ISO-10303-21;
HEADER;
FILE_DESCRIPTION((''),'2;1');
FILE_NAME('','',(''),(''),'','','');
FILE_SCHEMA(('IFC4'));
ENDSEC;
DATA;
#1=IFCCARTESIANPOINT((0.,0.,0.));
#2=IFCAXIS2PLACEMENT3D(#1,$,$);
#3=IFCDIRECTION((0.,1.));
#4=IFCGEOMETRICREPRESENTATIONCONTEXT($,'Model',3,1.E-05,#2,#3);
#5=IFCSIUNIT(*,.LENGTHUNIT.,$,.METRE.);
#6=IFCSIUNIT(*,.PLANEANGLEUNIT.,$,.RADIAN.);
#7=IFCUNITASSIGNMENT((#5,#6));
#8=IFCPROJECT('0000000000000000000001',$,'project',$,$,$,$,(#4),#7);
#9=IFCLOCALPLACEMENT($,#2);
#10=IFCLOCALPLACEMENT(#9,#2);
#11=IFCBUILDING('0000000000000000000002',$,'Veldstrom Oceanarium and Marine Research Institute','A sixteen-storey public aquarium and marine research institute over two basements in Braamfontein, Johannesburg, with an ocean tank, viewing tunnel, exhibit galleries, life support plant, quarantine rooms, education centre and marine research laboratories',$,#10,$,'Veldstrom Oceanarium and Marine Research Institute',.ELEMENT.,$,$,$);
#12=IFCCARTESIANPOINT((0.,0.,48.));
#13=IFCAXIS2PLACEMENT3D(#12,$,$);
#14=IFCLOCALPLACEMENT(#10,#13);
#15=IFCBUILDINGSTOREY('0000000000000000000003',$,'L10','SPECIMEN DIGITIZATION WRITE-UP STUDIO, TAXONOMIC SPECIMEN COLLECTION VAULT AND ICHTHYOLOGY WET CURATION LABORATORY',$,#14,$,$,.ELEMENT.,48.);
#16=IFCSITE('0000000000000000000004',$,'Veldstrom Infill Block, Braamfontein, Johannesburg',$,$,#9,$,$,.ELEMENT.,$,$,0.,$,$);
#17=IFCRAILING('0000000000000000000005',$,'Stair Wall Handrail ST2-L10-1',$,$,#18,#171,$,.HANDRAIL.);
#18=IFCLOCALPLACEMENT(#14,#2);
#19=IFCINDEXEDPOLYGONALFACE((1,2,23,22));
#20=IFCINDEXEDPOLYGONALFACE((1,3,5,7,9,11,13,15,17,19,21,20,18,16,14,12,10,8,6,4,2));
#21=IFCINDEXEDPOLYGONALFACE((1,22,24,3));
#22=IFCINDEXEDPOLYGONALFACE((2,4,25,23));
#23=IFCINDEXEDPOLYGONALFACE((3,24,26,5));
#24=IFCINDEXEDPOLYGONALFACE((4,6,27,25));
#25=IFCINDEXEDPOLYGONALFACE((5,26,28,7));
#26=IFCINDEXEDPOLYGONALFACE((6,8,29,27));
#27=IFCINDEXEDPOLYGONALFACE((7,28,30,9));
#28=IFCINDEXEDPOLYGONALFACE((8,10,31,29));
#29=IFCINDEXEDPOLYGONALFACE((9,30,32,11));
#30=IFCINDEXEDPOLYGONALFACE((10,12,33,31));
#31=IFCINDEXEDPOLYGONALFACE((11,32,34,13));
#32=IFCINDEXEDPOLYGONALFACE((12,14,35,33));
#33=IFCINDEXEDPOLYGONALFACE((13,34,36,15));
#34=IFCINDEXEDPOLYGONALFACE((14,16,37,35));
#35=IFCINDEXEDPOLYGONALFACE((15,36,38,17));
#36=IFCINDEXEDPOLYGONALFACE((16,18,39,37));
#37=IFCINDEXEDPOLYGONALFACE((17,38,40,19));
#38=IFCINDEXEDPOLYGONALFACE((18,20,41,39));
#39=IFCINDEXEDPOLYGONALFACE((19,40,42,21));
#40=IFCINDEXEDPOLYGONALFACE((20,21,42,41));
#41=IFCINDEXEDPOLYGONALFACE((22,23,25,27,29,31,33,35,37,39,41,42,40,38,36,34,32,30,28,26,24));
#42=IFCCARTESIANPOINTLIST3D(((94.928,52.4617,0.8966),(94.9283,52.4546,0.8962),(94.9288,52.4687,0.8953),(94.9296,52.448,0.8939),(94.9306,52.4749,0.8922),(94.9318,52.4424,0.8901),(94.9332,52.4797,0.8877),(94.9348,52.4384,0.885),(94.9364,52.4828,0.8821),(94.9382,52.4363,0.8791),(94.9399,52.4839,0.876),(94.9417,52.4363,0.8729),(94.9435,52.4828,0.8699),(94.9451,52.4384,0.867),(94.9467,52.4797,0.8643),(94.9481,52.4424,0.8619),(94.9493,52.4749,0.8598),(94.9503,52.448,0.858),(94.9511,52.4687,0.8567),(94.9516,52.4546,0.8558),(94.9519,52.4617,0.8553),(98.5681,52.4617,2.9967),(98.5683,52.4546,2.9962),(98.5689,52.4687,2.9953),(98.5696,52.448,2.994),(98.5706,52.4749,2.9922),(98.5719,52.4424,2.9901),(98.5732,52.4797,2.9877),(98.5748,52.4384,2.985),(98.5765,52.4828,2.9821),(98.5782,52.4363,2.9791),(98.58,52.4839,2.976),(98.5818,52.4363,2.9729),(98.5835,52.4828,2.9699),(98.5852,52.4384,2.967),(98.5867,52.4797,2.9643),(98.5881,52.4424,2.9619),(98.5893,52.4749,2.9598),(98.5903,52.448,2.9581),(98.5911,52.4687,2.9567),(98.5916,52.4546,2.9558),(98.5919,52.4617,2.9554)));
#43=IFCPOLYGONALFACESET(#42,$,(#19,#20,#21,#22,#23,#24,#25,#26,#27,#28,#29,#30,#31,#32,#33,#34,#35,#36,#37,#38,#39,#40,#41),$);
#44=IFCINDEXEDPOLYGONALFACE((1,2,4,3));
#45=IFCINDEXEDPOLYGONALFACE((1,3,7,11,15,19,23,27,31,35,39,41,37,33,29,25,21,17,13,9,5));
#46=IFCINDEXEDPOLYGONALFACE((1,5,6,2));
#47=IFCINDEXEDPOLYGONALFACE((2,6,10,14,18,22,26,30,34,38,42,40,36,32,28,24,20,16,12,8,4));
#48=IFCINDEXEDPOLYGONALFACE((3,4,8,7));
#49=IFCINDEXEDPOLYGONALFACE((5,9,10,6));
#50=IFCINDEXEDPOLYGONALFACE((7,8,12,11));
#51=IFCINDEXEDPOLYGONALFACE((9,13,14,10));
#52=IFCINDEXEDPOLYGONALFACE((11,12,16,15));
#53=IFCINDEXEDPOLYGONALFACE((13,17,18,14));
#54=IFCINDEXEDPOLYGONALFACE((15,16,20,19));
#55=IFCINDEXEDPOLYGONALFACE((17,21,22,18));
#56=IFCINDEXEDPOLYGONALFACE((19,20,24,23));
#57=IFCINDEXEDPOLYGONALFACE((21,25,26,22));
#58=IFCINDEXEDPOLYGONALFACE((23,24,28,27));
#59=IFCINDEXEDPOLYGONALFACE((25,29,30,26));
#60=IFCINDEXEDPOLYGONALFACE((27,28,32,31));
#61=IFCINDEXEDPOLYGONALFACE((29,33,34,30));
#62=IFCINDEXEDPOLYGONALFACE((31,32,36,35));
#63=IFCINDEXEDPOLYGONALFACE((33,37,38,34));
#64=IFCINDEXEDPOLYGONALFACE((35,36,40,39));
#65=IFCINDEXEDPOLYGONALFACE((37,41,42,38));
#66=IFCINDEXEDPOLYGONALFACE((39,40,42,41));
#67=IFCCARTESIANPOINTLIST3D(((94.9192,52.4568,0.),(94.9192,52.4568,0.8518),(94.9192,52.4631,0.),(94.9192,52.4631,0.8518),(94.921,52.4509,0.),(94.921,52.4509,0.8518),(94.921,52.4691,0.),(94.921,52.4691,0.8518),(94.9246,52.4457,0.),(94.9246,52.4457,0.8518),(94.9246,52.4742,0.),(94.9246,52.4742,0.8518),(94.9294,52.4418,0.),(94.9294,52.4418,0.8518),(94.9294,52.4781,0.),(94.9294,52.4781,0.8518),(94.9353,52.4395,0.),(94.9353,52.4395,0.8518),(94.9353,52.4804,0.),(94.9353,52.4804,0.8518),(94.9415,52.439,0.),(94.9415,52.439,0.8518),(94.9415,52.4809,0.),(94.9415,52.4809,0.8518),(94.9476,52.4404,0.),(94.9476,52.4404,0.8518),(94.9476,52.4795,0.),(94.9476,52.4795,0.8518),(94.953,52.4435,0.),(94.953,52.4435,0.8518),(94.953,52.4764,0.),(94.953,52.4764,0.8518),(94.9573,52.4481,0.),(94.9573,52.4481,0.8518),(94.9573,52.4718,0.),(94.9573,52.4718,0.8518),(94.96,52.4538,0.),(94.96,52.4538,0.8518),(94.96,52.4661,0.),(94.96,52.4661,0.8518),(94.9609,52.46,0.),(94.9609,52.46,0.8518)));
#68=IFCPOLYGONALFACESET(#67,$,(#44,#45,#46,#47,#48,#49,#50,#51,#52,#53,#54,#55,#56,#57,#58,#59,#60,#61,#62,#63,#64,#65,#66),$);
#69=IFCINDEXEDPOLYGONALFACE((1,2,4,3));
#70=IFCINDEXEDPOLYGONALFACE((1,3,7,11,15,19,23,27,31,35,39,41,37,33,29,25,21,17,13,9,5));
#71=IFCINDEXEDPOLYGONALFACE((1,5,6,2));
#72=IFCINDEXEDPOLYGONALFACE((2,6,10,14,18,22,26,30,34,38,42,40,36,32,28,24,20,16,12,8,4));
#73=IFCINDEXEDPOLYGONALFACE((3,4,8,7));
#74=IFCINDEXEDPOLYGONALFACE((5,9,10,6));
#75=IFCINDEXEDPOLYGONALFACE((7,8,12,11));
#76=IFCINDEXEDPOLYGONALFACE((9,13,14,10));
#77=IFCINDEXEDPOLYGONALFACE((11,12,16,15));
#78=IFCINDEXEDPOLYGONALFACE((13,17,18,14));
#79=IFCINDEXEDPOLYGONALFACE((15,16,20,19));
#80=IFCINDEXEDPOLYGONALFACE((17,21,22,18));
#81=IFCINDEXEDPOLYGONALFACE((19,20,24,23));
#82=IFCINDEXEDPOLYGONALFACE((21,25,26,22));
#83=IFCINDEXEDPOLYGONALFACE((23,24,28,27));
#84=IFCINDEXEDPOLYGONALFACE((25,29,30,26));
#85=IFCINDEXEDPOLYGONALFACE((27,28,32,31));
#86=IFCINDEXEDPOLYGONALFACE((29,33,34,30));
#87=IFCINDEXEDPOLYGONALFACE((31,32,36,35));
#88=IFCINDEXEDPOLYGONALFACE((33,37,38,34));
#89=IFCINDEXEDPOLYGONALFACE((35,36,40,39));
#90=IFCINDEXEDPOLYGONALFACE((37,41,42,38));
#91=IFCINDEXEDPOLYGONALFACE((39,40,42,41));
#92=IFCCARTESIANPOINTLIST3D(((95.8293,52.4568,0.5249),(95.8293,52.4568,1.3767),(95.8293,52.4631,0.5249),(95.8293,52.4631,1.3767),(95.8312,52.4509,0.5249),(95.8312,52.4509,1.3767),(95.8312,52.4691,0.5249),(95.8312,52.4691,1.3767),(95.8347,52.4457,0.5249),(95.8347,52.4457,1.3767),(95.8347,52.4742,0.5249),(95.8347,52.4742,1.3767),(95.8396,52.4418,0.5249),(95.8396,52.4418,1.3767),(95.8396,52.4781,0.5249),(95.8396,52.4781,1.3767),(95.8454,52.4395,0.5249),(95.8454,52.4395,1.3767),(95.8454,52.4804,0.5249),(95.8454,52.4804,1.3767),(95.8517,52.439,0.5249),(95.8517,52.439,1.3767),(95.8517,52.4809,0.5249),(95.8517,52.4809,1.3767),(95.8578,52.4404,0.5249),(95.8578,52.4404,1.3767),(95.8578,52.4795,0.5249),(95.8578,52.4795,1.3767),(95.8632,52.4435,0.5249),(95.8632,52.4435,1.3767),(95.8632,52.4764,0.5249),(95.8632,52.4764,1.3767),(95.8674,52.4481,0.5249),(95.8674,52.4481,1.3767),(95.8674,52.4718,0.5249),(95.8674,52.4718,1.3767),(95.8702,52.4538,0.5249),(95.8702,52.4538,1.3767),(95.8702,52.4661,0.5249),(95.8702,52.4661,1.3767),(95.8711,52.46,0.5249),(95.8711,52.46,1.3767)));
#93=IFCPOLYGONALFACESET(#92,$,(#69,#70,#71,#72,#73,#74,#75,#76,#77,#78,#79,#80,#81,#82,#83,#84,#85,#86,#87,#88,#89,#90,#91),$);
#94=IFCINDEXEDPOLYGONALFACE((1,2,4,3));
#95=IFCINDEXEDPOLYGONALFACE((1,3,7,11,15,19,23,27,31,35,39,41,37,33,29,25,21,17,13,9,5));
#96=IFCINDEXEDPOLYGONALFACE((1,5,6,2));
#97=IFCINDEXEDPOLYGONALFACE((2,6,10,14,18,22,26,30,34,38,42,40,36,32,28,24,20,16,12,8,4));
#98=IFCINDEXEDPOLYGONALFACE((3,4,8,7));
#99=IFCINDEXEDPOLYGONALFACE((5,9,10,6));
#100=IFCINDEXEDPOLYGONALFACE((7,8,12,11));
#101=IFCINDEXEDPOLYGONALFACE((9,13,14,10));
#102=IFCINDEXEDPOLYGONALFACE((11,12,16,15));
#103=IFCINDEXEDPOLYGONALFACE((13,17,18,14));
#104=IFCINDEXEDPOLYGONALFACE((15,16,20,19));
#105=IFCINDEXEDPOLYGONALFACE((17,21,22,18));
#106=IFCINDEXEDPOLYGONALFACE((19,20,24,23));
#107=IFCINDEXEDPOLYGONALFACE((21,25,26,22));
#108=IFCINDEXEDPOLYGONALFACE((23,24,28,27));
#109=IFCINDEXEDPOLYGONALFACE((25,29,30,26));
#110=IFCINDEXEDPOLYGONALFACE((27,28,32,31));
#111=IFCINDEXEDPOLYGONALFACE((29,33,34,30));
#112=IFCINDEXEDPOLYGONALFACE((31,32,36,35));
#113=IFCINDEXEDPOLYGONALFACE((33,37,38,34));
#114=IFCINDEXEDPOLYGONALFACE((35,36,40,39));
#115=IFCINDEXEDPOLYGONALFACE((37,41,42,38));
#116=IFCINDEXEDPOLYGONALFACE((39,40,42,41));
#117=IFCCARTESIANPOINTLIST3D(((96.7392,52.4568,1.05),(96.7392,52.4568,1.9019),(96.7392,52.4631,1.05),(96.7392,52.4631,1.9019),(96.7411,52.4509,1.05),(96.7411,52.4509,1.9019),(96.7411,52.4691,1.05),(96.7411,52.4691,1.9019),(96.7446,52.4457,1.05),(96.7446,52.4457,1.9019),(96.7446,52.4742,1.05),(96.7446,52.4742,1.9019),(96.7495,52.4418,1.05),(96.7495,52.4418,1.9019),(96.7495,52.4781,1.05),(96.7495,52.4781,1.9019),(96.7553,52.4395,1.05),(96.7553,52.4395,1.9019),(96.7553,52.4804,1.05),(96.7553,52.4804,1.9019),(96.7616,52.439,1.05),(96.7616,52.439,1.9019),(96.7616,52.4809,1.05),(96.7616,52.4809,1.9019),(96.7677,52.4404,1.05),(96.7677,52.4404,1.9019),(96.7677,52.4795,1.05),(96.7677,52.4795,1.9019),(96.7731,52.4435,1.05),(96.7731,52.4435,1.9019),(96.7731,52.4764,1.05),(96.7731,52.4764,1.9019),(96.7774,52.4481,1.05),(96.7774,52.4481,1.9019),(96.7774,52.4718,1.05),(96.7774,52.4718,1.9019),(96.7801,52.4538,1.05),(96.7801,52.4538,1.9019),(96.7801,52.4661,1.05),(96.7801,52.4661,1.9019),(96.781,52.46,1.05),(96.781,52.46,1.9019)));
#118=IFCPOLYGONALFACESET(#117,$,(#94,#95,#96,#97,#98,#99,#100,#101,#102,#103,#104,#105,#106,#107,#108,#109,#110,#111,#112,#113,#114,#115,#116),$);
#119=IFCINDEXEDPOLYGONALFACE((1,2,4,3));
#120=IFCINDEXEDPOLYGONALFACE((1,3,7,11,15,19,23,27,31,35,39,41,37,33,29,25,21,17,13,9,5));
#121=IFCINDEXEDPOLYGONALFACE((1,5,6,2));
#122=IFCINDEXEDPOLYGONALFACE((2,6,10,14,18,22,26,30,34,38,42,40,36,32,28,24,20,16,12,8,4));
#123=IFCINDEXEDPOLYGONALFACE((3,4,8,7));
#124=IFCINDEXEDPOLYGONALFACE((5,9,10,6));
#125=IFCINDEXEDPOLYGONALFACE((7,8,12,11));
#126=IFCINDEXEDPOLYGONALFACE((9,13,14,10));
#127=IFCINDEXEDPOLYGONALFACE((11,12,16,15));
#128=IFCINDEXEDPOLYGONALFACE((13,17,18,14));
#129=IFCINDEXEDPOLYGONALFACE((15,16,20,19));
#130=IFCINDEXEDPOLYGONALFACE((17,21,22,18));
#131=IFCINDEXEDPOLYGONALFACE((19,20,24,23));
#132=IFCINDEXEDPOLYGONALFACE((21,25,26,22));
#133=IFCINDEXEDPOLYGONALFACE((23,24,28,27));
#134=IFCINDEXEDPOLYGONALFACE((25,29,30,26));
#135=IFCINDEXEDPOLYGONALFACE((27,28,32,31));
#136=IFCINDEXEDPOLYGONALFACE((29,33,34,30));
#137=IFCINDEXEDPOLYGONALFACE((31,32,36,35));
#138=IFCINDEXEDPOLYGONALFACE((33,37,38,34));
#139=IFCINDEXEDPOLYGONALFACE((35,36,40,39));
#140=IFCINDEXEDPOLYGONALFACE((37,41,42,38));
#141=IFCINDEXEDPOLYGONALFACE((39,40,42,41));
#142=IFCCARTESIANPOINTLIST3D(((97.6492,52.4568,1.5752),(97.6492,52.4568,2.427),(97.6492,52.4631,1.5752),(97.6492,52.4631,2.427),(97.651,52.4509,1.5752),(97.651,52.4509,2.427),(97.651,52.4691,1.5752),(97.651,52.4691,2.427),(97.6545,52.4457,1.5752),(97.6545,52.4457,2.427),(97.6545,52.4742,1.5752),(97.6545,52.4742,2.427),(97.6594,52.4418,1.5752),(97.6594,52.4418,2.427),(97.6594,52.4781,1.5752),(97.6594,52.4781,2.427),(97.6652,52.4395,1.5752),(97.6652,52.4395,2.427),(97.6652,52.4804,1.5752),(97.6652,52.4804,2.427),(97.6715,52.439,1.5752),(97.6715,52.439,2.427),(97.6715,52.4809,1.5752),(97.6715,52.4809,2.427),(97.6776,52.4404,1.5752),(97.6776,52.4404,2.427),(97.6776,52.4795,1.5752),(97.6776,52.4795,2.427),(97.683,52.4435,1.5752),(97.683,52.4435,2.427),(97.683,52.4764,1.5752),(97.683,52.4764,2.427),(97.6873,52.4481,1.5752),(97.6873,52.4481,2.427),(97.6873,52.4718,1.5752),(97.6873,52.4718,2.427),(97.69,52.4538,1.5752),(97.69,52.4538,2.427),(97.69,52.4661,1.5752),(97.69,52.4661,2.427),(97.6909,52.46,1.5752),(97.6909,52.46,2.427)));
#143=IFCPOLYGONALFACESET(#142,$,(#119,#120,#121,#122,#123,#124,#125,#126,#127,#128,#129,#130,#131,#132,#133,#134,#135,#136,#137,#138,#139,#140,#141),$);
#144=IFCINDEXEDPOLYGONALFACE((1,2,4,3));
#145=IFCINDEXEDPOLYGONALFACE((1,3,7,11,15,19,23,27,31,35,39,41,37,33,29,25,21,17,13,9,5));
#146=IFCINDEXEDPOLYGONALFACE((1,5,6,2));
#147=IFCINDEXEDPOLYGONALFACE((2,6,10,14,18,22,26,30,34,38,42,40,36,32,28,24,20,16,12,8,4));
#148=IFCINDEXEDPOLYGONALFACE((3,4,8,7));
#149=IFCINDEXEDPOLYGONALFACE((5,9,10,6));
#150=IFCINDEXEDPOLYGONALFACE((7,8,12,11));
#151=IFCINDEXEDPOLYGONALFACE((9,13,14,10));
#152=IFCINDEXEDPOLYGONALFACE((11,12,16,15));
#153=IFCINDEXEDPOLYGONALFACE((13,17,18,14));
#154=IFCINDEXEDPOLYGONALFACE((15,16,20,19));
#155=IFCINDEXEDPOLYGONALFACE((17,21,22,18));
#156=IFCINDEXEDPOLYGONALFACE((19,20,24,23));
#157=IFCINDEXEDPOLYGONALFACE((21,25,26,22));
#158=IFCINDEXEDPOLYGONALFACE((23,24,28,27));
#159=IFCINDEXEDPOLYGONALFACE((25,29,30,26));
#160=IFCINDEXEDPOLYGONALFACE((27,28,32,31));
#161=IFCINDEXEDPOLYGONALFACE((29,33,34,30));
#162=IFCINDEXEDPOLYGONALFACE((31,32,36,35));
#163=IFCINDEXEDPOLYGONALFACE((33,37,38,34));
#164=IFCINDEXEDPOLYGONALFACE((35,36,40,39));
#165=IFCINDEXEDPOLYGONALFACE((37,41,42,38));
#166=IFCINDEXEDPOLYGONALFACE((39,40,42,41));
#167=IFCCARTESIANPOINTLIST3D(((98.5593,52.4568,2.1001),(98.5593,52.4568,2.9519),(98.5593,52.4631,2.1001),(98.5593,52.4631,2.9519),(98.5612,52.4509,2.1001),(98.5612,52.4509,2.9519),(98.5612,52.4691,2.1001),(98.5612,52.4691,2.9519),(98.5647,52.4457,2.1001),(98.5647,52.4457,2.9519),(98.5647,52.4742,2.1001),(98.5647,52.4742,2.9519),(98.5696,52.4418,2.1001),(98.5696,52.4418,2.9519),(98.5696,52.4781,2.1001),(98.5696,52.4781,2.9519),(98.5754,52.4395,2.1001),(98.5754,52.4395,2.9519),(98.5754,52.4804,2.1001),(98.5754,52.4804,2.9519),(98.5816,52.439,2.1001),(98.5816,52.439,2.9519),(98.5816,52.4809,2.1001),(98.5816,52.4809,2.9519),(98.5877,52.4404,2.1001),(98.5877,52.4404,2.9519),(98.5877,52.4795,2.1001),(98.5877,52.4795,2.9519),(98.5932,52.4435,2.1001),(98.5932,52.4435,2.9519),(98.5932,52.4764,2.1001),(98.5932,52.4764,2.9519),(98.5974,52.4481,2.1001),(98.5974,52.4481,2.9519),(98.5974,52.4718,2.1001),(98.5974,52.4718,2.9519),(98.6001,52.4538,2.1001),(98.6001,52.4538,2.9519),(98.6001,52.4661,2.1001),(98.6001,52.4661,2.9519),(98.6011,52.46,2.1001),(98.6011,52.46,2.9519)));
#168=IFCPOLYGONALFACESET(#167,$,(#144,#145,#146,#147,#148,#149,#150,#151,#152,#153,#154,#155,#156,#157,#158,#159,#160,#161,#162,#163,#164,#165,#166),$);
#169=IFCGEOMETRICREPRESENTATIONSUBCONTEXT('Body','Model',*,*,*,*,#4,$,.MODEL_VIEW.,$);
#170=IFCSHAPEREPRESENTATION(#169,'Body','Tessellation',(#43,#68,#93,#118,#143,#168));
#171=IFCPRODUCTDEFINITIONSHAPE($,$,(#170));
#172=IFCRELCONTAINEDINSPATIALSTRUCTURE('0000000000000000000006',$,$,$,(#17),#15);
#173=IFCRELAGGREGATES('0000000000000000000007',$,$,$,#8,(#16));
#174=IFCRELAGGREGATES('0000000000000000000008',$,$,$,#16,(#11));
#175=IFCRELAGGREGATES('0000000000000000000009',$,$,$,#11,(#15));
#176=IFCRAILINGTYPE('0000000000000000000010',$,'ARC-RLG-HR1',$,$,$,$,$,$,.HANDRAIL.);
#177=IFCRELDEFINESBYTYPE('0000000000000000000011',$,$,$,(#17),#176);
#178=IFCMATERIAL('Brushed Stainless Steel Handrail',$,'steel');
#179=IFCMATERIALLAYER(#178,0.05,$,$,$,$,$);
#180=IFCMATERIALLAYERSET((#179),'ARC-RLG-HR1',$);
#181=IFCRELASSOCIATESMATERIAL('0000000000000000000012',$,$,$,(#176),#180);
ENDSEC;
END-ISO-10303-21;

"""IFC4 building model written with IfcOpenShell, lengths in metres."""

from ifc_helpers import new_model, si_unit, direction, frame, origin, origin_2d, place, context, subcontext, project, spatial, circle, extrude, material, layer, layer_set, type_object, element, save


model = new_model("IFC4")

# Units and contexts
model_context = context("Model", 3, precision=1e-05, world=origin(), true_north=direction((0.0, 1.0)))
body_context = subcontext(model_context, "Body", "Model", "MODEL_VIEW")
ifc_project = project(units=[si_unit("LENGTHUNIT", "METRE"), si_unit("PLANEANGLEUNIT", "RADIAN")], contexts=[model_context])

# Site, building, storey
site_placement = place(None, origin())
site = spatial("IfcSite", under=ifc_project, at=site_placement, Name="Veldstrom Infill Block, Braamfontein, Johannesburg", CompositionType="ELEMENT", RefElevation=0.0)
building_placement = place(site_placement, origin())
building = spatial("IfcBuilding", under=site, at=building_placement, Name="Veldstrom Oceanarium and Marine Research Institute", Description="A sixteen-storey public aquarium and marine research institute over two basements in Braamfontein, Johannesburg, with an ocean tank, viewing tunnel, exhibit galleries, life support plant, quarantine rooms, education centre and marine research laboratories", LongName="Veldstrom Oceanarium and Marine Research Institute", CompositionType="ELEMENT")
storey_placement = place(building_placement, frame((0.0, 0.0, 48.0)))
storey = spatial("IfcBuildingStorey", under=building, at=storey_placement, Name="L10", Description="SPECIMEN DIGITIZATION WRITE-UP STUDIO, TAXONOMIC SPECIMEN COLLECTION VAULT AND ICHTHYOLOGY WET CURATION LABORATORY", CompositionType="ELEMENT", Elevation=48.0)

# Railing
ifc_material_1 = material(Name="Brushed Stainless Steel Handrail", Category="steel")
ifc_layer_1 = layer(ifc_material_1, 0.05)
ifc_layer_set_1 = layer_set([ifc_layer_1], Name="ARC-RLG-HR1")
railing_type_1 = type_object("IfcRailingType", Name="ARC-RLG-HR1", PredefinedType="HANDRAIL", material=ifc_layer_set_1)
railing_1_placement = place(storey_placement, frame((94.9399, 52.46, 0.0)))
element("IfcRailing", 1, at=railing_1_placement, inside=storey, type_object=railing_type_1, Name="Stair Wall Handrail ST2-L10-1", PredefinedType="HANDRAIL", context=body_context, shape_type="SweptSolid", body=[
    extrude(circle(Radius=0.0239, at=origin_2d()), frame((0.0, 0.0, 0.876), z_axis=(0.866184, 0.0, 0.499726), x_axis=(0.0, 1.0, 0.0)), (0.0, 0.0, 1.0), 4.2024),
    extrude(circle(Radius=0.021, at=origin_2d()), origin(), (0.0, 0.0, 1.0), 0.8518),
    extrude(circle(Radius=0.021, at=origin_2d()), frame((0.9102, 0.0, 0.5249)), (0.0, 0.0, 1.0), 0.8518),
    extrude(circle(Radius=0.021, at=origin_2d()), frame((1.8201, 0.0, 1.05)), (0.0, 0.0, 1.0), 0.8518),
    extrude(circle(Radius=0.021, at=origin_2d()), frame((2.73, 0.0, 1.5752)), (0.0, 0.0, 1.0), 0.8518),
    extrude(circle(Radius=0.021, at=origin_2d()), frame((3.6401, 0.0, 2.1001)), (0.0, 0.0, 1.0), 0.8518),
])

save(model, "model.ifc")
